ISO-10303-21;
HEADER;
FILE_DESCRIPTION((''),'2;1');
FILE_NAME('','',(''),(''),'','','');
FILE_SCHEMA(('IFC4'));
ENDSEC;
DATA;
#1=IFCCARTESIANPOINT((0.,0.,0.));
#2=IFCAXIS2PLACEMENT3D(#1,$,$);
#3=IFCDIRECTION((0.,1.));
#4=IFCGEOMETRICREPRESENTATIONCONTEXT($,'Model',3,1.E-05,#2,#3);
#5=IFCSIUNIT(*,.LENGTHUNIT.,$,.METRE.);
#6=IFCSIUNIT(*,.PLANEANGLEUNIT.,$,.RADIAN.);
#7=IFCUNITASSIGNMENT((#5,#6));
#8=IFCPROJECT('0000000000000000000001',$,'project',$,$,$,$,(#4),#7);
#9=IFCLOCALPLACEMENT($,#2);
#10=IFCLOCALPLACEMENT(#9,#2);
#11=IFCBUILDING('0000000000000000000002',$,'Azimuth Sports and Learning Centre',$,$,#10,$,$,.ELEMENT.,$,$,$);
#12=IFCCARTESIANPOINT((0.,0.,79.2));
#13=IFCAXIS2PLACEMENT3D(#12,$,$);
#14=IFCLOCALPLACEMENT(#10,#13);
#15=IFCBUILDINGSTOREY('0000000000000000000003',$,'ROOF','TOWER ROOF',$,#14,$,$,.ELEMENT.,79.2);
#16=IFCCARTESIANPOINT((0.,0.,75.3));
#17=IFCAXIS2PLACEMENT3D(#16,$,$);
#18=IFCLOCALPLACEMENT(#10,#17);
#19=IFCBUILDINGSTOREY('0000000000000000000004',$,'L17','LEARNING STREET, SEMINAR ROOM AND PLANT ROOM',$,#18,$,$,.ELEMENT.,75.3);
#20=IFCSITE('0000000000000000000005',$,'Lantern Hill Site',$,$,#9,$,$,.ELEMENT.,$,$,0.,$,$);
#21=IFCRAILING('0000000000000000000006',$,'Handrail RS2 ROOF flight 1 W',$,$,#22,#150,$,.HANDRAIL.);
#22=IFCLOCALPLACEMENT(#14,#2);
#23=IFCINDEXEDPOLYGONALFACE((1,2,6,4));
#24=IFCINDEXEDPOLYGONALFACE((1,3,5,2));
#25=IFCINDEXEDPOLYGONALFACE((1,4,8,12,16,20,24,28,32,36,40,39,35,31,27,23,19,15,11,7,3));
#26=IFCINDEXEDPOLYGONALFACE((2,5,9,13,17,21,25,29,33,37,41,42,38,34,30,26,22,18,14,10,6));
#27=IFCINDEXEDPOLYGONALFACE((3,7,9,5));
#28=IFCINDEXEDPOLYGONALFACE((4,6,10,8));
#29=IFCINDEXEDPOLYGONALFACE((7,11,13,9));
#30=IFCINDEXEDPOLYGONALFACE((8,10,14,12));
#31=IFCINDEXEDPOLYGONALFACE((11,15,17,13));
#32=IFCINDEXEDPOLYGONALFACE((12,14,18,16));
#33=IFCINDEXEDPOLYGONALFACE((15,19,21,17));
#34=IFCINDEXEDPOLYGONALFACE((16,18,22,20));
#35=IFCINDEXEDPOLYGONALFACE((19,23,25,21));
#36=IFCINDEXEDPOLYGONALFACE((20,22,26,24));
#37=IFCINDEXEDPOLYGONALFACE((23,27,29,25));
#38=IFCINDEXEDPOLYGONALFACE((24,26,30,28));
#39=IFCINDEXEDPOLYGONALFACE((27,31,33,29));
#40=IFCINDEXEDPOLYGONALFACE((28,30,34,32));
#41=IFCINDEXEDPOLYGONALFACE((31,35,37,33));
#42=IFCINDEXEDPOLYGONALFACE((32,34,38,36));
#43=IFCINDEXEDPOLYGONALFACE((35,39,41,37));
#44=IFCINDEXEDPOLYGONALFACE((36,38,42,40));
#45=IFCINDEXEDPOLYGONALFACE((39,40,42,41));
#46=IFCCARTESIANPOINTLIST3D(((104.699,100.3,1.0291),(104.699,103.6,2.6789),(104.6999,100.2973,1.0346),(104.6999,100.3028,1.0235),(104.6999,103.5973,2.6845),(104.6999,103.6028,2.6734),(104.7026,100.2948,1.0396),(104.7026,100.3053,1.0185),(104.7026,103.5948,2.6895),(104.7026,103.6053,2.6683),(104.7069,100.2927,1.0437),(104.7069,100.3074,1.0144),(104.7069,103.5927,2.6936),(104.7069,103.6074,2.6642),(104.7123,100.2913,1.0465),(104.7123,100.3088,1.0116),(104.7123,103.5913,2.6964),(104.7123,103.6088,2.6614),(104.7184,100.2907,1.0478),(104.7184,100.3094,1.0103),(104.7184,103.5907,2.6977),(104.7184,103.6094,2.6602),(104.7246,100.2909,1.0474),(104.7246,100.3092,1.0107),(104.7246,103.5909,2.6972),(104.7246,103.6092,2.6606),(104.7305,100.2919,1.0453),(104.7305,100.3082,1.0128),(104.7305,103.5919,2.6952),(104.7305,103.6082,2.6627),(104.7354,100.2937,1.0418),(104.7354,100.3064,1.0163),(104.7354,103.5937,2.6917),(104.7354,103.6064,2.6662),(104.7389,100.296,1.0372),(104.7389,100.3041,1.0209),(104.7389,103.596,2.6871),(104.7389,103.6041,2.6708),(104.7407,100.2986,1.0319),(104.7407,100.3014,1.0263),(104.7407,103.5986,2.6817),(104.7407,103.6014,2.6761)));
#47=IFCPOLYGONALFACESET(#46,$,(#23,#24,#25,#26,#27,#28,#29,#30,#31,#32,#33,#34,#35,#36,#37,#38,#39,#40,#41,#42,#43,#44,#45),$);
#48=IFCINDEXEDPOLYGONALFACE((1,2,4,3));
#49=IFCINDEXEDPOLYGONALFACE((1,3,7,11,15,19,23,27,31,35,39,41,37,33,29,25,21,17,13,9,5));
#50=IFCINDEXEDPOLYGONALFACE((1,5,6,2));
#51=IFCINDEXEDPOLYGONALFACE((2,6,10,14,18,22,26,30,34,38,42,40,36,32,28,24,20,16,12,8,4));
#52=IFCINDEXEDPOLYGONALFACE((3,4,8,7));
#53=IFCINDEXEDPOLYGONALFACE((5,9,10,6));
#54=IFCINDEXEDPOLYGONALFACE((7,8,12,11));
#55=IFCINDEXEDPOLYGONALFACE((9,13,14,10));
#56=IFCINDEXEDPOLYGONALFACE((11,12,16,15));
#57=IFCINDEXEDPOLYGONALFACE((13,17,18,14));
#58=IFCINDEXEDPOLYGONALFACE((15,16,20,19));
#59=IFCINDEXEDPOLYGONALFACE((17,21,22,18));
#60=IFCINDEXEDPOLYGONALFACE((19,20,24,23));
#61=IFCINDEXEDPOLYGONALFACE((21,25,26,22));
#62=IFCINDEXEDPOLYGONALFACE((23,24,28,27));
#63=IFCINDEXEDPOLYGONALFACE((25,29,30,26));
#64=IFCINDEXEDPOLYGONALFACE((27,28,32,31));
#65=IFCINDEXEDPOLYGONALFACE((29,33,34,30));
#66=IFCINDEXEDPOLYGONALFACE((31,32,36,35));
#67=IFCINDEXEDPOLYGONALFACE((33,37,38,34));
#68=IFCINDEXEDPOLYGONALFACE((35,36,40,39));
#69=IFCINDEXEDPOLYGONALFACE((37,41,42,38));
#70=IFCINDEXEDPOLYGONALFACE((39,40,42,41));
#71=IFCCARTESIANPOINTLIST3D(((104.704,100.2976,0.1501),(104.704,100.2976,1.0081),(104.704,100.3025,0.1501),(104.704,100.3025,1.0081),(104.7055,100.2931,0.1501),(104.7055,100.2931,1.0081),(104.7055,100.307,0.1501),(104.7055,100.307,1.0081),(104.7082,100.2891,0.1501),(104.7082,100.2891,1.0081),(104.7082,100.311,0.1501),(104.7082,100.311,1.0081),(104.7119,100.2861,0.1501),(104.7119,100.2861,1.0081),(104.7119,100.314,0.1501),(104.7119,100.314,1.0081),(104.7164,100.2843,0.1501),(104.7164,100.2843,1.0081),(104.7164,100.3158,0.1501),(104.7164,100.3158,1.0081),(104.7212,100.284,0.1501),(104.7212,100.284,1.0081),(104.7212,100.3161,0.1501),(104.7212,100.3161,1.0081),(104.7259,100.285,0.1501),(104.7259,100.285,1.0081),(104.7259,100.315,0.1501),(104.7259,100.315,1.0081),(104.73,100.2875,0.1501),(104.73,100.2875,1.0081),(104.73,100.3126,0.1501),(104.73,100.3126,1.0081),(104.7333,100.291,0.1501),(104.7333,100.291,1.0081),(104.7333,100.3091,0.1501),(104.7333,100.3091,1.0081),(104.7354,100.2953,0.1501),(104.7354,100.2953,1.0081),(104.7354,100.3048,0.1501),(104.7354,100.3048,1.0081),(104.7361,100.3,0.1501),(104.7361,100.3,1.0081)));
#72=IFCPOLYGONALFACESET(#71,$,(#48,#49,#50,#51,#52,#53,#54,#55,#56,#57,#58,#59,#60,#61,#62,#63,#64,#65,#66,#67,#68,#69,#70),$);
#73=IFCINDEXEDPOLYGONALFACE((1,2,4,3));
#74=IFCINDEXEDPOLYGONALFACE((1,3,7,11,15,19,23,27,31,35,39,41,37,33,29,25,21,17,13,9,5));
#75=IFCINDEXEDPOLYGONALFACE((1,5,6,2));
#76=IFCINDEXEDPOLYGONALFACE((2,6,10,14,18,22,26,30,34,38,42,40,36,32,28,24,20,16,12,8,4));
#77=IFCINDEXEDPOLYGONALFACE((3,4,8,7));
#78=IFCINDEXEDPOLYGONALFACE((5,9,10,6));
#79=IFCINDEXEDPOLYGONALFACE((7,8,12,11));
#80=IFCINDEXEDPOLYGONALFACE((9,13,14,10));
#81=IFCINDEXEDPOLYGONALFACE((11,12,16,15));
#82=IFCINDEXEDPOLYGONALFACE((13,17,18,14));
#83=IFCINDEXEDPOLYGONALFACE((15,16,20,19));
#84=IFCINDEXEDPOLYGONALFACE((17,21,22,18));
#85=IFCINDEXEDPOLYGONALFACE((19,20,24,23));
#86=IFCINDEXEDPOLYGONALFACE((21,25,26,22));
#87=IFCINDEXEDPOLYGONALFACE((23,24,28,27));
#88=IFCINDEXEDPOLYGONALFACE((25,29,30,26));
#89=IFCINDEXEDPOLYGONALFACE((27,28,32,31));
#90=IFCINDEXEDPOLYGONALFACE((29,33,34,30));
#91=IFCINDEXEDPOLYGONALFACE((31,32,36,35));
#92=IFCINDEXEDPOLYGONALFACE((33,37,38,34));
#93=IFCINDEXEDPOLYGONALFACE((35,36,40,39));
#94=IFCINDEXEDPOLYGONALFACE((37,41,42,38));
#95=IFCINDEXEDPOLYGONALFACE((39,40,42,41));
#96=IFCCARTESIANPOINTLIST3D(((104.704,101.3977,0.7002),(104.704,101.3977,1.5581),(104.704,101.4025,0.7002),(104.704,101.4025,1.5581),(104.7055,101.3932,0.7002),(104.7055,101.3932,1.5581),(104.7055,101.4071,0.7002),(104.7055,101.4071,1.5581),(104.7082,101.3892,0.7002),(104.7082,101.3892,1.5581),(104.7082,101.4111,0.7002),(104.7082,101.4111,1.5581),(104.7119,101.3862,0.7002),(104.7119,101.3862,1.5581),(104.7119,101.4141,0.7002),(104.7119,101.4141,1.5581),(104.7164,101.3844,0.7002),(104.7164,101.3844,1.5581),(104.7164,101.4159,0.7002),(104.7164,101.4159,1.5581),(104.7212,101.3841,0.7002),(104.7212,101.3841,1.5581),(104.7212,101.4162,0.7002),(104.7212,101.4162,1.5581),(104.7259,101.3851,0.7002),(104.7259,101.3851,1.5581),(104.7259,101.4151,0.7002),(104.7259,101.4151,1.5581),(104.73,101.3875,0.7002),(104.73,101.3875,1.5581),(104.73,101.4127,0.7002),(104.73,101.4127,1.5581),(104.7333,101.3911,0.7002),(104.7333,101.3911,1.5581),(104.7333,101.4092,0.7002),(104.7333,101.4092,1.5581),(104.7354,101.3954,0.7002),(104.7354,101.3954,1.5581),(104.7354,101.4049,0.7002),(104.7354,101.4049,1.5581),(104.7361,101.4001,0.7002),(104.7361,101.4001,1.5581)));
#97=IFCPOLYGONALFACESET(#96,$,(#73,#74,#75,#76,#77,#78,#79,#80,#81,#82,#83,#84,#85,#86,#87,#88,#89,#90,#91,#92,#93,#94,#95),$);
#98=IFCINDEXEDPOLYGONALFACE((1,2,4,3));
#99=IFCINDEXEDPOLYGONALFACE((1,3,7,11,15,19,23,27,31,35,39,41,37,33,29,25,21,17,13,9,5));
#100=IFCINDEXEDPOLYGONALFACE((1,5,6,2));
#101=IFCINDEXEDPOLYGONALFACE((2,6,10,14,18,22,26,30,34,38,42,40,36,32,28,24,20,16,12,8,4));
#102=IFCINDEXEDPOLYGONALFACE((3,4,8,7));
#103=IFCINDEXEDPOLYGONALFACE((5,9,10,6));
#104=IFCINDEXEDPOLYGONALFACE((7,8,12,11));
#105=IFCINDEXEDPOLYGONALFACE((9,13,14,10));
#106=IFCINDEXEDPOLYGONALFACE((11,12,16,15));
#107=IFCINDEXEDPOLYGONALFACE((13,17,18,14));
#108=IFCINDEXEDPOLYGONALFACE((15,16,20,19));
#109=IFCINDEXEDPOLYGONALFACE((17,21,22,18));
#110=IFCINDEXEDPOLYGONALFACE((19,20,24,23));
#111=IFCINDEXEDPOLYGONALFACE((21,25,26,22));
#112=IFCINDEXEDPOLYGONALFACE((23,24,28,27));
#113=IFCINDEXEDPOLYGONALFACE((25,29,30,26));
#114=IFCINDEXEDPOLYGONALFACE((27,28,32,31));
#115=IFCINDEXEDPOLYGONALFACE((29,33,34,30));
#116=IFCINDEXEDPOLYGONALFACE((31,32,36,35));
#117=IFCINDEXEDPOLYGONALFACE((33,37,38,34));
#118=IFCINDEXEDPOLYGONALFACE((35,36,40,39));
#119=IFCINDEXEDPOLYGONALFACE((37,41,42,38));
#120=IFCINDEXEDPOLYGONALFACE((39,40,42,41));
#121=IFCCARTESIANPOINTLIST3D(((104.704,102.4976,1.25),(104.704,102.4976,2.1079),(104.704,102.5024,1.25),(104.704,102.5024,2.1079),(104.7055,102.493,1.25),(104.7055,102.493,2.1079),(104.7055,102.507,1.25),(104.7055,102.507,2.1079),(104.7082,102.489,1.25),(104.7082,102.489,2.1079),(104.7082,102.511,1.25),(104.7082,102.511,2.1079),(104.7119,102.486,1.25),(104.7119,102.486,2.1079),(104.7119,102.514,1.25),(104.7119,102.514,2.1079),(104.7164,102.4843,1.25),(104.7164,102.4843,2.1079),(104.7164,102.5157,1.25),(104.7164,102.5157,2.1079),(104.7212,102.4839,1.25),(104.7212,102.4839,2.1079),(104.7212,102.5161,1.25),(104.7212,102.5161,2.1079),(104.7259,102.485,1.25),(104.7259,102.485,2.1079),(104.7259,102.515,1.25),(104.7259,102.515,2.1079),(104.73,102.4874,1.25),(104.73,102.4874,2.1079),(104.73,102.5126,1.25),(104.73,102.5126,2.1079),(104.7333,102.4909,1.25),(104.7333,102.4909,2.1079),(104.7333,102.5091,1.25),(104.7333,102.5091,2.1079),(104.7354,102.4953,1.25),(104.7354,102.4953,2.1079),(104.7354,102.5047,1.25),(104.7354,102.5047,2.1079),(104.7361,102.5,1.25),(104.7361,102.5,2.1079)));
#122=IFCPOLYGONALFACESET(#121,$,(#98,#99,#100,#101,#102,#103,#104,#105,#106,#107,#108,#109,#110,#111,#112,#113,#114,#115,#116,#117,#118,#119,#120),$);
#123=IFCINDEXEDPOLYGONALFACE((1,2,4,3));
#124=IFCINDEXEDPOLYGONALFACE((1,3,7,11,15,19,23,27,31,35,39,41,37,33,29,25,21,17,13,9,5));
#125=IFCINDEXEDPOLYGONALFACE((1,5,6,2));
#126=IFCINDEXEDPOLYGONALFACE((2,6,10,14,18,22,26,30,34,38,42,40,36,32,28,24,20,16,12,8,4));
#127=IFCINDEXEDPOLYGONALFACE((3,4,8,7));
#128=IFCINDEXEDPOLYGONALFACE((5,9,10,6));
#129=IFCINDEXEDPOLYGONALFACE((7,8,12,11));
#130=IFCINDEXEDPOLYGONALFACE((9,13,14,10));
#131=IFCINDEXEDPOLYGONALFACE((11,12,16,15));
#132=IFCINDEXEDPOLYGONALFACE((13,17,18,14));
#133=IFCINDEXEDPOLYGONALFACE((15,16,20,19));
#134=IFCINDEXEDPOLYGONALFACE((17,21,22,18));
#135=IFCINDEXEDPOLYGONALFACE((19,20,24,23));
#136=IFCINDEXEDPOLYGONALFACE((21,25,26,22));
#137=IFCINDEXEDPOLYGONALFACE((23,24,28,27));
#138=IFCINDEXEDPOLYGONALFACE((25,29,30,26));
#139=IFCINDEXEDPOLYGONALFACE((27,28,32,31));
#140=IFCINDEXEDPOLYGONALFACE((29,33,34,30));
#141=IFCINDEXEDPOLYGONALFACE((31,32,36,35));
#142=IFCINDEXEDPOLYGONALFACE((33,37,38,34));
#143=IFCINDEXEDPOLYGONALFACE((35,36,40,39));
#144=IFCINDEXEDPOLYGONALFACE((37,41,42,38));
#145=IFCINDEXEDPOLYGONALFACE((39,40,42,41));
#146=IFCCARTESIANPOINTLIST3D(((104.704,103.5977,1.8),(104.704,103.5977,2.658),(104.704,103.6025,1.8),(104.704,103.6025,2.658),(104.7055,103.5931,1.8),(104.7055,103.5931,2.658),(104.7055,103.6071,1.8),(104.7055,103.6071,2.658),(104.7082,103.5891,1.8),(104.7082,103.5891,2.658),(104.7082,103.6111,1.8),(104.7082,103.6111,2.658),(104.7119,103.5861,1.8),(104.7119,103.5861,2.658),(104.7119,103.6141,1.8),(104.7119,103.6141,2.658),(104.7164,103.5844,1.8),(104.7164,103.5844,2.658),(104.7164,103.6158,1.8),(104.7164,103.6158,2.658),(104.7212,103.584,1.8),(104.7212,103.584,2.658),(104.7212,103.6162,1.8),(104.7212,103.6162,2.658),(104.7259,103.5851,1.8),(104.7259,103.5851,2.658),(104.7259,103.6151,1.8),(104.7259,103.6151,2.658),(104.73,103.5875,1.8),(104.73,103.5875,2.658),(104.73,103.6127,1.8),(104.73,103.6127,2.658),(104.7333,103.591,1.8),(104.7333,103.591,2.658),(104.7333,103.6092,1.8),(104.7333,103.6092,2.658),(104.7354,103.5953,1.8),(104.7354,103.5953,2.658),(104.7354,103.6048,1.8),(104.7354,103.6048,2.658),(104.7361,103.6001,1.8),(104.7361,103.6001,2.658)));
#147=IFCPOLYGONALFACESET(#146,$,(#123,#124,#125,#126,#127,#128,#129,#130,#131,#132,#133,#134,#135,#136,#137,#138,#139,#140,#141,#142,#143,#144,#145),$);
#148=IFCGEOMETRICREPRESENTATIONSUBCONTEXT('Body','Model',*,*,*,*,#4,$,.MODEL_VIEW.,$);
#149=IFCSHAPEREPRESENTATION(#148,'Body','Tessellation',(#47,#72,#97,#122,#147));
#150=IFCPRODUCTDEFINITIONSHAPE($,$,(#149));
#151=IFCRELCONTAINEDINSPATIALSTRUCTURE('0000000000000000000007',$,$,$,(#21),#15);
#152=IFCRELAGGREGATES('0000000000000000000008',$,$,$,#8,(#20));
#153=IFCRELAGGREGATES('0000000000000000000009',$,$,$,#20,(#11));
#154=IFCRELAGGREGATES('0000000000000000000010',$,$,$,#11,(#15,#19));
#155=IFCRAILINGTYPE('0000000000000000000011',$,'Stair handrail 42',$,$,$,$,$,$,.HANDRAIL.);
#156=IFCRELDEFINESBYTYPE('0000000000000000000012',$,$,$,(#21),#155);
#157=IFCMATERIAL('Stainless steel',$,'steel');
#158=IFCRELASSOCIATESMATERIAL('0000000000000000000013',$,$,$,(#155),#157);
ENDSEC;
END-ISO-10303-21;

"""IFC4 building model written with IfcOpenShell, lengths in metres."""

from ifc_helpers import new_model, si_unit, direction, frame, origin, origin_2d, place, context, subcontext, project, spatial, circle, extrude, material, type_object, element, save


model = new_model("IFC4")

# Units and contexts
model_context = context("Model", 3, precision=1e-05, world=origin(), true_north=direction((0.0, 1.0)))
body_context = subcontext(model_context, "Body", "Model", "MODEL_VIEW")
ifc_project = project(units=[si_unit("LENGTHUNIT", "METRE"), si_unit("PLANEANGLEUNIT", "RADIAN")], contexts=[model_context])

# Site, building, storey
site_placement = place(None, origin())
site = spatial("IfcSite", under=ifc_project, at=site_placement, Name="Lantern Hill Site", CompositionType="ELEMENT", RefElevation=0.0)
building_placement = place(site_placement, origin())
building = spatial("IfcBuilding", under=site, at=building_placement, Name="Azimuth Sports and Learning Centre", CompositionType="ELEMENT")
storey_1_placement = place(building_placement, frame((0.0, 0.0, 79.2)))
storey_1 = spatial("IfcBuildingStorey", under=building, at=storey_1_placement, Name="ROOF", Description="TOWER ROOF", CompositionType="ELEMENT", Elevation=79.2)

# Shared definitions
storey_2_placement = place(building_placement, frame((0.0, 0.0, 75.3)))
storey_2 = spatial("IfcBuildingStorey", under=building, at=storey_2_placement, Name="L17", Description="LEARNING STREET, SEMINAR ROOM AND PLANT ROOM", CompositionType="ELEMENT", Elevation=75.3)

# Railing
ifc_material_1 = material(Name="Stainless steel", Category="steel")
railing_type_1 = type_object("IfcRailingType", Name="Stair handrail 42", PredefinedType="HANDRAIL", material=ifc_material_1)
for number, where, name in (
    (1, (104.72, 100.3, 0.1501), "Handrail RS2 ROOF flight 1 W"),
):
    element("IfcRailing", number, at=place(storey_1_placement, frame(where)), inside=storey_1, type_object=railing_type_1, Name=name, PredefinedType="HANDRAIL", context=body_context, shape_type="SweptSolid", body=[
        extrude(circle(Radius=0.021, at=origin_2d()), frame((0.0, 0.0, 0.8789), z_axis=(0.0, 0.89444, 0.447187), x_axis=(-1.0, 0.0, 0.0)), (0.0, 0.0, 1.0), 3.6895),
        extrude(circle(Radius=0.0161, at=origin_2d()), origin(), (0.0, 0.0, 1.0), 0.8579),
        extrude(circle(Radius=0.0161, at=origin_2d()), frame((0.0, 1.1001, 0.55)), (0.0, 0.0, 1.0), 0.8579),
        extrude(circle(Radius=0.0161, at=origin_2d()), frame((0.0, 2.2, 1.0999)), (0.0, 0.0, 1.0), 0.8579),
        extrude(circle(Radius=0.0161, at=origin_2d()), frame((0.0, 3.3, 1.6499)), (0.0, 0.0, 1.0), 0.8579),
    ])

save(model, "model.ifc")
